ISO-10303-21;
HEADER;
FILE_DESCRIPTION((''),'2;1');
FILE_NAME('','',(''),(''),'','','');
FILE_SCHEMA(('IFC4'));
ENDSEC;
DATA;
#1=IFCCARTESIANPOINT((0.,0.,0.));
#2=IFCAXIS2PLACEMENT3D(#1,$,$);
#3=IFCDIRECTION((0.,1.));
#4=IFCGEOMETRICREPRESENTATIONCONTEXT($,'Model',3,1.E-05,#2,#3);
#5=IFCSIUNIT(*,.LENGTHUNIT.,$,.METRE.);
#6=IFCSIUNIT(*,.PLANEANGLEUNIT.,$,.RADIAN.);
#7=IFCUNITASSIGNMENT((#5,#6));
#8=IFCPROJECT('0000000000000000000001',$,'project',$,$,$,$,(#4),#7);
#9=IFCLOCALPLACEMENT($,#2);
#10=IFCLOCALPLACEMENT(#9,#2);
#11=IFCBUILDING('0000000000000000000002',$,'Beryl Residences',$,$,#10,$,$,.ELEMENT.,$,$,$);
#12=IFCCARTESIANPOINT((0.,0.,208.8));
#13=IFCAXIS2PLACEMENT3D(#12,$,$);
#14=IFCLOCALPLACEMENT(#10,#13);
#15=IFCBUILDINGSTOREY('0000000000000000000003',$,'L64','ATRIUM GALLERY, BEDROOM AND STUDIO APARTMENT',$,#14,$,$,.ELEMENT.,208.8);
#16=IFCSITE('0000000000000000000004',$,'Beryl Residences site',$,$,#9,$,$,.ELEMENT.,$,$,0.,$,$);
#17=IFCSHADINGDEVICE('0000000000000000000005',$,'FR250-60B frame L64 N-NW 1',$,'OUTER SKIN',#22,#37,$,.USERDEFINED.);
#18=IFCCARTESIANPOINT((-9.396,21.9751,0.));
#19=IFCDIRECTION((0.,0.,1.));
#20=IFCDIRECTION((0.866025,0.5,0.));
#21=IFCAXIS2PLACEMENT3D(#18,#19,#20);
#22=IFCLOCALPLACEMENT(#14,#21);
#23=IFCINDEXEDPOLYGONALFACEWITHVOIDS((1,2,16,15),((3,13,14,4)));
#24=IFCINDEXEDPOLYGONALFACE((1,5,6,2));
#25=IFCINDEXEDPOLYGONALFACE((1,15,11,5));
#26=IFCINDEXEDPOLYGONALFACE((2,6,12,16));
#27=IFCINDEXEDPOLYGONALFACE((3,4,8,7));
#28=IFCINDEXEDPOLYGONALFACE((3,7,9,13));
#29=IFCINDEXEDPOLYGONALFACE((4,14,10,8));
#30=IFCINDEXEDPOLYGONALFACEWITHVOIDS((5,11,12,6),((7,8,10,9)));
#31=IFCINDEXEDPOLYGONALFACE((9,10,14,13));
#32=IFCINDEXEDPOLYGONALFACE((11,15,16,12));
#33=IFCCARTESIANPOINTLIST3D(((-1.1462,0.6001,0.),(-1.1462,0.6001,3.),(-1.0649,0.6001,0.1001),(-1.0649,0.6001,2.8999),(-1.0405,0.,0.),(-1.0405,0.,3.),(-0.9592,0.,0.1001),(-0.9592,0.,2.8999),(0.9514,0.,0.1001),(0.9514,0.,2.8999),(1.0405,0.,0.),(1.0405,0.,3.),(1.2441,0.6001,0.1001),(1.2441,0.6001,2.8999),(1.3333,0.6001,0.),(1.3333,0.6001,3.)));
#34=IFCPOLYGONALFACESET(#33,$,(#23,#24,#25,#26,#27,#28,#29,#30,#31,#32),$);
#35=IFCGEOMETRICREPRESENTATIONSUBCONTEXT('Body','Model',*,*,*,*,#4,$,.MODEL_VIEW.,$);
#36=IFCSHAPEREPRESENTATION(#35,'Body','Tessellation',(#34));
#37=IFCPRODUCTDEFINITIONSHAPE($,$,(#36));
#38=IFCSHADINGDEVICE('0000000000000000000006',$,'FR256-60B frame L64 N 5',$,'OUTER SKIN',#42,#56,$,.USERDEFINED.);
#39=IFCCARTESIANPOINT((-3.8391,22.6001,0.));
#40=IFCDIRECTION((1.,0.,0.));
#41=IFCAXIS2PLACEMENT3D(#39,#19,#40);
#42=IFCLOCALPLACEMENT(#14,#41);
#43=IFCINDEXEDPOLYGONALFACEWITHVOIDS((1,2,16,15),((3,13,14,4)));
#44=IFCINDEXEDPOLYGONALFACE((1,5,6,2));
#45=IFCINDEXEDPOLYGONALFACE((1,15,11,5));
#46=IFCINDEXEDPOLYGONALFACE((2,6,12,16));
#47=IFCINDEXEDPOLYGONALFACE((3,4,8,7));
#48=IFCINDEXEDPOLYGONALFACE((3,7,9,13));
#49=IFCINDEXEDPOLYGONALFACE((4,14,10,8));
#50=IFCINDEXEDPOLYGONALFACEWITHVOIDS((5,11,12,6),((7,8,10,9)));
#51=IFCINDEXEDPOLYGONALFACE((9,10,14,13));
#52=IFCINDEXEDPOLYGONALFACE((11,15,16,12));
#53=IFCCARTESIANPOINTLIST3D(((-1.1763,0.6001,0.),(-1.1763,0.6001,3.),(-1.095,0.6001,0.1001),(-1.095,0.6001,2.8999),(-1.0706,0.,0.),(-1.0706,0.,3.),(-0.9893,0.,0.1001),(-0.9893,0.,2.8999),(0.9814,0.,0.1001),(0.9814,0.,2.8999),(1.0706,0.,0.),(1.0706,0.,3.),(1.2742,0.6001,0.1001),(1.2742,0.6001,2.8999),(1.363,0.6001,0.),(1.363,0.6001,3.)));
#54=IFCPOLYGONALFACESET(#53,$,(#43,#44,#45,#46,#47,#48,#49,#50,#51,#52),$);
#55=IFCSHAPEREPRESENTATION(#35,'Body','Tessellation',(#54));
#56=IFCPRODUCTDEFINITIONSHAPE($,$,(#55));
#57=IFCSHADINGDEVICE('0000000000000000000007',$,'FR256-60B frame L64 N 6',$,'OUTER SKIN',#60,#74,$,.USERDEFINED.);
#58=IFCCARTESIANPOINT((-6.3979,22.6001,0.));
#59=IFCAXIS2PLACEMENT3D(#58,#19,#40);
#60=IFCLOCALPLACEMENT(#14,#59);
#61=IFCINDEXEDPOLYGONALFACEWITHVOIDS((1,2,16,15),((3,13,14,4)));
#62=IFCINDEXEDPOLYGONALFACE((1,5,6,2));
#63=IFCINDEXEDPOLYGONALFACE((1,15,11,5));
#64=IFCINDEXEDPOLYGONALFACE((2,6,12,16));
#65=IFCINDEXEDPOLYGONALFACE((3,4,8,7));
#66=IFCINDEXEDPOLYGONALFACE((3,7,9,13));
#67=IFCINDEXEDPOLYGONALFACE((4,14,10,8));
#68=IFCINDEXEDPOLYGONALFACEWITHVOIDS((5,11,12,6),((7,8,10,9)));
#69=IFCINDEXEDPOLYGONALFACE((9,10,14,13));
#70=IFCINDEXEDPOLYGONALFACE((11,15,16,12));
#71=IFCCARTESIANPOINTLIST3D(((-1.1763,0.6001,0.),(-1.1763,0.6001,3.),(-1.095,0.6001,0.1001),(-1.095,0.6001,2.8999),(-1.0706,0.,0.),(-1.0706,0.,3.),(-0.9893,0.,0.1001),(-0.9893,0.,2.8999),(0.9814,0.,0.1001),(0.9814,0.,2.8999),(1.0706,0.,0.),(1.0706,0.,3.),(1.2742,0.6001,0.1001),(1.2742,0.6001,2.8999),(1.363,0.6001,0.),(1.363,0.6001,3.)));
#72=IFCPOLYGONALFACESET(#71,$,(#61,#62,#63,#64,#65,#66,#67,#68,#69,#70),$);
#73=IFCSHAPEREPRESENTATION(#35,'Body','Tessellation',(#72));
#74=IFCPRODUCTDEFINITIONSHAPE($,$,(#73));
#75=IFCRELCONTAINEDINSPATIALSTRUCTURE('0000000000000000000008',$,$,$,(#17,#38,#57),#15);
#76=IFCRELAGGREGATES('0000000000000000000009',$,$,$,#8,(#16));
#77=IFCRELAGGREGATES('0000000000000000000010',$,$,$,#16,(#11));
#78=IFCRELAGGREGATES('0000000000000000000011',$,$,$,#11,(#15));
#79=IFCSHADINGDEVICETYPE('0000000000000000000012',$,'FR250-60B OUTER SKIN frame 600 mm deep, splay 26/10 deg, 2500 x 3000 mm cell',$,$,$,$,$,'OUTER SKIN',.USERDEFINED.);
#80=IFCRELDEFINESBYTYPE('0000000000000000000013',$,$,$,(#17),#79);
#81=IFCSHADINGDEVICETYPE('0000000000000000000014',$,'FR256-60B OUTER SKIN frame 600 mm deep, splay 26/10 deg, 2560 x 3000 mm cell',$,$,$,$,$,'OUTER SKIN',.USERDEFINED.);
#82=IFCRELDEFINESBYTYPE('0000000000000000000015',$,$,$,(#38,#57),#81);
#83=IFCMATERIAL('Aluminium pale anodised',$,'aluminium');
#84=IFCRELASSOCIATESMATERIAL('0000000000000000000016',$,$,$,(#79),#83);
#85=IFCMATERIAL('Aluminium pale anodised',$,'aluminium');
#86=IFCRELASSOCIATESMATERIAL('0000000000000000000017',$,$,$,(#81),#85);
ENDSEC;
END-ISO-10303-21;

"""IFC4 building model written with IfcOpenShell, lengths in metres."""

from ifc_helpers import new_model, entity, si_unit, direction, frame, origin, place, context, subcontext, project, spatial, source, transform, mapped, material, type_object, type_shapes, element, save


model = new_model("IFC4")

# Units and contexts
model_context = context("Model", 3, precision=1e-05, world=origin(), true_north=direction((0.0, 1.0)))
body_context = subcontext(model_context, "Body", "Model", "MODEL_VIEW")
ifc_project = project(units=[si_unit("LENGTHUNIT", "METRE"), si_unit("PLANEANGLEUNIT", "RADIAN")], contexts=[model_context])

# Site, building, storey
site_placement = place(None, origin())
site = spatial("IfcSite", under=ifc_project, at=site_placement, Name="Beryl Residences site", CompositionType="ELEMENT", RefElevation=0.0)
building_placement = place(site_placement, origin())
building = spatial("IfcBuilding", under=site, at=building_placement, Name="Beryl Residences", CompositionType="ELEMENT")
storey_placement = place(building_placement, frame((0.0, 0.0, 208.8)))
storey = spatial("IfcBuildingStorey", under=building, at=storey_placement, Name="L64", Description="ATRIUM GALLERY, BEDROOM AND STUDIO APARTMENT", CompositionType="ELEMENT", Elevation=208.8)

# Shading devices
ifc_material_1 = material(Name="Aluminium pale anodised", Category="aluminium")
shading_device_type_1 = type_object("IfcShadingDeviceType", Name="FR250-60B OUTER SKIN frame 600 mm deep, splay 26/10 deg, 2500 x 3000 mm cell", ElementType="OUTER SKIN", PredefinedType="USERDEFINED", material=ifc_material_1)
cartesian_point_1 = entity("IfcCartesianPoint", [-1.0405, 0.0])
cartesian_point_2 = entity("IfcCartesianPoint", [-0.9514, 0.1001])
cartesian_point_3 = entity("IfcCartesianPoint", [-1.3333, 0.0])
cartesian_point_4 = entity("IfcCartesianPoint", [-1.2441, 0.1001])
shared_shape_1 = source(origin(), body_context, "Body", "SweptSolid", [
    entity("IfcExtrudedAreaSolidTapered", entity("IfcArbitraryProfileDefWithVoids", "AREA", None, entity("IfcPolyline", [cartesian_point_1, entity("IfcCartesianPoint", [1.0405, 0.0]), entity("IfcCartesianPoint", [1.0405, 3.0]), entity("IfcCartesianPoint", [-1.0405, 3.0]), cartesian_point_1]), [entity("IfcPolyline", [cartesian_point_2, entity("IfcCartesianPoint", [0.9592, 0.1001]), entity("IfcCartesianPoint", [0.9592, 2.8999]), entity("IfcCartesianPoint", [-0.9514, 2.8999]), cartesian_point_2])]), entity("IfcAxis2Placement3D", entity("IfcCartesianPoint", [0.0, 0.0, 0.0]), entity("IfcDirection", [0.0, 1.0, 0.0]), entity("IfcDirection", [-1.0, 0.0, 0.0])), entity("IfcDirection", [0.0, 0.0, 1.0]), 0.6001, entity("IfcArbitraryProfileDefWithVoids", "AREA", None, entity("IfcPolyline", [cartesian_point_3, entity("IfcCartesianPoint", [1.1462, 0.0]), entity("IfcCartesianPoint", [1.1462, 3.0]), entity("IfcCartesianPoint", [-1.3333, 3.0]), cartesian_point_3]), [entity("IfcPolyline", [cartesian_point_4, entity("IfcCartesianPoint", [1.0649, 0.1001]), entity("IfcCartesianPoint", [1.0649, 2.8999]), entity("IfcCartesianPoint", [-1.2441, 2.8999]), cartesian_point_4])])),
])
type_shapes(shading_device_type_1, [shared_shape_1])
shading_device_placement = place(storey_placement, frame((-9.396, 21.9751, 0.0), z_axis=(0.0, 0.0, 1.0), x_axis=(0.866025, 0.5, 0.0)))
element("IfcShadingDevice", 1, at=shading_device_placement, inside=storey, type_object=shading_device_type_1, Name="FR250-60B frame L64 N-NW 1", ObjectType="OUTER SKIN", PredefinedType="USERDEFINED", context=body_context, shape_type="MappedRepresentation", body=[
    mapped(shared_shape_1, transform((0.0, 0.0, 0.0))),
])
ifc_material_2 = material(Name="Aluminium pale anodised", Category="aluminium")
shading_device_type_2 = type_object("IfcShadingDeviceType", Name="FR256-60B OUTER SKIN frame 600 mm deep, splay 26/10 deg, 2560 x 3000 mm cell", ElementType="OUTER SKIN", PredefinedType="USERDEFINED", material=ifc_material_2)
cartesian_point_5 = entity("IfcCartesianPoint", [-1.0706, 0.0])
cartesian_point_6 = entity("IfcCartesianPoint", [-0.9814, 0.1001])
cartesian_point_7 = entity("IfcCartesianPoint", [-1.363, 0.0])
cartesian_point_8 = entity("IfcCartesianPoint", [-1.2742, 0.1001])
shared_shape_2 = source(origin(), body_context, "Body", "SweptSolid", [
    entity("IfcExtrudedAreaSolidTapered", entity("IfcArbitraryProfileDefWithVoids", "AREA", None, entity("IfcPolyline", [cartesian_point_5, entity("IfcCartesianPoint", [1.0706, 0.0]), entity("IfcCartesianPoint", [1.0706, 3.0]), entity("IfcCartesianPoint", [-1.0706, 3.0]), cartesian_point_5]), [entity("IfcPolyline", [cartesian_point_6, entity("IfcCartesianPoint", [0.9893, 0.1001]), entity("IfcCartesianPoint", [0.9893, 2.8999]), entity("IfcCartesianPoint", [-0.9814, 2.8999]), cartesian_point_6])]), entity("IfcAxis2Placement3D", entity("IfcCartesianPoint", [0.0, 0.0, 0.0]), entity("IfcDirection", [0.0, 1.0, 0.0]), entity("IfcDirection", [-1.0, 0.0, 0.0])), entity("IfcDirection", [0.0, 0.0, 1.0]), 0.6001, entity("IfcArbitraryProfileDefWithVoids", "AREA", None, entity("IfcPolyline", [cartesian_point_7, entity("IfcCartesianPoint", [1.1763, 0.0]), entity("IfcCartesianPoint", [1.1763, 3.0]), entity("IfcCartesianPoint", [-1.363, 3.0]), cartesian_point_7]), [entity("IfcPolyline", [cartesian_point_8, entity("IfcCartesianPoint", [1.095, 0.1001]), entity("IfcCartesianPoint", [1.095, 2.8999]), entity("IfcCartesianPoint", [-1.2742, 2.8999]), cartesian_point_8])])),
])
type_shapes(shading_device_type_2, [shared_shape_2])
for number, where, z_axis, x_axis, name in (
    (2, (-3.8391, 22.6001, 0.0), (0.0, 0.0, 1.0), (1.0, 0.0, 0.0), "FR256-60B frame L64 N 5"),
    (3, (-6.3979, 22.6001, 0.0), (0.0, 0.0, 1.0), (1.0, 0.0, 0.0), "FR256-60B frame L64 N 6"),
):
    element("IfcShadingDevice", number, at=place(storey_placement, frame(where, z_axis=z_axis, x_axis=x_axis)), inside=storey, type_object=shading_device_type_2, Name=name, ObjectType="OUTER SKIN", PredefinedType="USERDEFINED", context=body_context, shape_type="MappedRepresentation", body=[
        mapped(shared_shape_2, transform((0.0, 0.0, 0.0))),
    ])

save(model, "model.ifc")
